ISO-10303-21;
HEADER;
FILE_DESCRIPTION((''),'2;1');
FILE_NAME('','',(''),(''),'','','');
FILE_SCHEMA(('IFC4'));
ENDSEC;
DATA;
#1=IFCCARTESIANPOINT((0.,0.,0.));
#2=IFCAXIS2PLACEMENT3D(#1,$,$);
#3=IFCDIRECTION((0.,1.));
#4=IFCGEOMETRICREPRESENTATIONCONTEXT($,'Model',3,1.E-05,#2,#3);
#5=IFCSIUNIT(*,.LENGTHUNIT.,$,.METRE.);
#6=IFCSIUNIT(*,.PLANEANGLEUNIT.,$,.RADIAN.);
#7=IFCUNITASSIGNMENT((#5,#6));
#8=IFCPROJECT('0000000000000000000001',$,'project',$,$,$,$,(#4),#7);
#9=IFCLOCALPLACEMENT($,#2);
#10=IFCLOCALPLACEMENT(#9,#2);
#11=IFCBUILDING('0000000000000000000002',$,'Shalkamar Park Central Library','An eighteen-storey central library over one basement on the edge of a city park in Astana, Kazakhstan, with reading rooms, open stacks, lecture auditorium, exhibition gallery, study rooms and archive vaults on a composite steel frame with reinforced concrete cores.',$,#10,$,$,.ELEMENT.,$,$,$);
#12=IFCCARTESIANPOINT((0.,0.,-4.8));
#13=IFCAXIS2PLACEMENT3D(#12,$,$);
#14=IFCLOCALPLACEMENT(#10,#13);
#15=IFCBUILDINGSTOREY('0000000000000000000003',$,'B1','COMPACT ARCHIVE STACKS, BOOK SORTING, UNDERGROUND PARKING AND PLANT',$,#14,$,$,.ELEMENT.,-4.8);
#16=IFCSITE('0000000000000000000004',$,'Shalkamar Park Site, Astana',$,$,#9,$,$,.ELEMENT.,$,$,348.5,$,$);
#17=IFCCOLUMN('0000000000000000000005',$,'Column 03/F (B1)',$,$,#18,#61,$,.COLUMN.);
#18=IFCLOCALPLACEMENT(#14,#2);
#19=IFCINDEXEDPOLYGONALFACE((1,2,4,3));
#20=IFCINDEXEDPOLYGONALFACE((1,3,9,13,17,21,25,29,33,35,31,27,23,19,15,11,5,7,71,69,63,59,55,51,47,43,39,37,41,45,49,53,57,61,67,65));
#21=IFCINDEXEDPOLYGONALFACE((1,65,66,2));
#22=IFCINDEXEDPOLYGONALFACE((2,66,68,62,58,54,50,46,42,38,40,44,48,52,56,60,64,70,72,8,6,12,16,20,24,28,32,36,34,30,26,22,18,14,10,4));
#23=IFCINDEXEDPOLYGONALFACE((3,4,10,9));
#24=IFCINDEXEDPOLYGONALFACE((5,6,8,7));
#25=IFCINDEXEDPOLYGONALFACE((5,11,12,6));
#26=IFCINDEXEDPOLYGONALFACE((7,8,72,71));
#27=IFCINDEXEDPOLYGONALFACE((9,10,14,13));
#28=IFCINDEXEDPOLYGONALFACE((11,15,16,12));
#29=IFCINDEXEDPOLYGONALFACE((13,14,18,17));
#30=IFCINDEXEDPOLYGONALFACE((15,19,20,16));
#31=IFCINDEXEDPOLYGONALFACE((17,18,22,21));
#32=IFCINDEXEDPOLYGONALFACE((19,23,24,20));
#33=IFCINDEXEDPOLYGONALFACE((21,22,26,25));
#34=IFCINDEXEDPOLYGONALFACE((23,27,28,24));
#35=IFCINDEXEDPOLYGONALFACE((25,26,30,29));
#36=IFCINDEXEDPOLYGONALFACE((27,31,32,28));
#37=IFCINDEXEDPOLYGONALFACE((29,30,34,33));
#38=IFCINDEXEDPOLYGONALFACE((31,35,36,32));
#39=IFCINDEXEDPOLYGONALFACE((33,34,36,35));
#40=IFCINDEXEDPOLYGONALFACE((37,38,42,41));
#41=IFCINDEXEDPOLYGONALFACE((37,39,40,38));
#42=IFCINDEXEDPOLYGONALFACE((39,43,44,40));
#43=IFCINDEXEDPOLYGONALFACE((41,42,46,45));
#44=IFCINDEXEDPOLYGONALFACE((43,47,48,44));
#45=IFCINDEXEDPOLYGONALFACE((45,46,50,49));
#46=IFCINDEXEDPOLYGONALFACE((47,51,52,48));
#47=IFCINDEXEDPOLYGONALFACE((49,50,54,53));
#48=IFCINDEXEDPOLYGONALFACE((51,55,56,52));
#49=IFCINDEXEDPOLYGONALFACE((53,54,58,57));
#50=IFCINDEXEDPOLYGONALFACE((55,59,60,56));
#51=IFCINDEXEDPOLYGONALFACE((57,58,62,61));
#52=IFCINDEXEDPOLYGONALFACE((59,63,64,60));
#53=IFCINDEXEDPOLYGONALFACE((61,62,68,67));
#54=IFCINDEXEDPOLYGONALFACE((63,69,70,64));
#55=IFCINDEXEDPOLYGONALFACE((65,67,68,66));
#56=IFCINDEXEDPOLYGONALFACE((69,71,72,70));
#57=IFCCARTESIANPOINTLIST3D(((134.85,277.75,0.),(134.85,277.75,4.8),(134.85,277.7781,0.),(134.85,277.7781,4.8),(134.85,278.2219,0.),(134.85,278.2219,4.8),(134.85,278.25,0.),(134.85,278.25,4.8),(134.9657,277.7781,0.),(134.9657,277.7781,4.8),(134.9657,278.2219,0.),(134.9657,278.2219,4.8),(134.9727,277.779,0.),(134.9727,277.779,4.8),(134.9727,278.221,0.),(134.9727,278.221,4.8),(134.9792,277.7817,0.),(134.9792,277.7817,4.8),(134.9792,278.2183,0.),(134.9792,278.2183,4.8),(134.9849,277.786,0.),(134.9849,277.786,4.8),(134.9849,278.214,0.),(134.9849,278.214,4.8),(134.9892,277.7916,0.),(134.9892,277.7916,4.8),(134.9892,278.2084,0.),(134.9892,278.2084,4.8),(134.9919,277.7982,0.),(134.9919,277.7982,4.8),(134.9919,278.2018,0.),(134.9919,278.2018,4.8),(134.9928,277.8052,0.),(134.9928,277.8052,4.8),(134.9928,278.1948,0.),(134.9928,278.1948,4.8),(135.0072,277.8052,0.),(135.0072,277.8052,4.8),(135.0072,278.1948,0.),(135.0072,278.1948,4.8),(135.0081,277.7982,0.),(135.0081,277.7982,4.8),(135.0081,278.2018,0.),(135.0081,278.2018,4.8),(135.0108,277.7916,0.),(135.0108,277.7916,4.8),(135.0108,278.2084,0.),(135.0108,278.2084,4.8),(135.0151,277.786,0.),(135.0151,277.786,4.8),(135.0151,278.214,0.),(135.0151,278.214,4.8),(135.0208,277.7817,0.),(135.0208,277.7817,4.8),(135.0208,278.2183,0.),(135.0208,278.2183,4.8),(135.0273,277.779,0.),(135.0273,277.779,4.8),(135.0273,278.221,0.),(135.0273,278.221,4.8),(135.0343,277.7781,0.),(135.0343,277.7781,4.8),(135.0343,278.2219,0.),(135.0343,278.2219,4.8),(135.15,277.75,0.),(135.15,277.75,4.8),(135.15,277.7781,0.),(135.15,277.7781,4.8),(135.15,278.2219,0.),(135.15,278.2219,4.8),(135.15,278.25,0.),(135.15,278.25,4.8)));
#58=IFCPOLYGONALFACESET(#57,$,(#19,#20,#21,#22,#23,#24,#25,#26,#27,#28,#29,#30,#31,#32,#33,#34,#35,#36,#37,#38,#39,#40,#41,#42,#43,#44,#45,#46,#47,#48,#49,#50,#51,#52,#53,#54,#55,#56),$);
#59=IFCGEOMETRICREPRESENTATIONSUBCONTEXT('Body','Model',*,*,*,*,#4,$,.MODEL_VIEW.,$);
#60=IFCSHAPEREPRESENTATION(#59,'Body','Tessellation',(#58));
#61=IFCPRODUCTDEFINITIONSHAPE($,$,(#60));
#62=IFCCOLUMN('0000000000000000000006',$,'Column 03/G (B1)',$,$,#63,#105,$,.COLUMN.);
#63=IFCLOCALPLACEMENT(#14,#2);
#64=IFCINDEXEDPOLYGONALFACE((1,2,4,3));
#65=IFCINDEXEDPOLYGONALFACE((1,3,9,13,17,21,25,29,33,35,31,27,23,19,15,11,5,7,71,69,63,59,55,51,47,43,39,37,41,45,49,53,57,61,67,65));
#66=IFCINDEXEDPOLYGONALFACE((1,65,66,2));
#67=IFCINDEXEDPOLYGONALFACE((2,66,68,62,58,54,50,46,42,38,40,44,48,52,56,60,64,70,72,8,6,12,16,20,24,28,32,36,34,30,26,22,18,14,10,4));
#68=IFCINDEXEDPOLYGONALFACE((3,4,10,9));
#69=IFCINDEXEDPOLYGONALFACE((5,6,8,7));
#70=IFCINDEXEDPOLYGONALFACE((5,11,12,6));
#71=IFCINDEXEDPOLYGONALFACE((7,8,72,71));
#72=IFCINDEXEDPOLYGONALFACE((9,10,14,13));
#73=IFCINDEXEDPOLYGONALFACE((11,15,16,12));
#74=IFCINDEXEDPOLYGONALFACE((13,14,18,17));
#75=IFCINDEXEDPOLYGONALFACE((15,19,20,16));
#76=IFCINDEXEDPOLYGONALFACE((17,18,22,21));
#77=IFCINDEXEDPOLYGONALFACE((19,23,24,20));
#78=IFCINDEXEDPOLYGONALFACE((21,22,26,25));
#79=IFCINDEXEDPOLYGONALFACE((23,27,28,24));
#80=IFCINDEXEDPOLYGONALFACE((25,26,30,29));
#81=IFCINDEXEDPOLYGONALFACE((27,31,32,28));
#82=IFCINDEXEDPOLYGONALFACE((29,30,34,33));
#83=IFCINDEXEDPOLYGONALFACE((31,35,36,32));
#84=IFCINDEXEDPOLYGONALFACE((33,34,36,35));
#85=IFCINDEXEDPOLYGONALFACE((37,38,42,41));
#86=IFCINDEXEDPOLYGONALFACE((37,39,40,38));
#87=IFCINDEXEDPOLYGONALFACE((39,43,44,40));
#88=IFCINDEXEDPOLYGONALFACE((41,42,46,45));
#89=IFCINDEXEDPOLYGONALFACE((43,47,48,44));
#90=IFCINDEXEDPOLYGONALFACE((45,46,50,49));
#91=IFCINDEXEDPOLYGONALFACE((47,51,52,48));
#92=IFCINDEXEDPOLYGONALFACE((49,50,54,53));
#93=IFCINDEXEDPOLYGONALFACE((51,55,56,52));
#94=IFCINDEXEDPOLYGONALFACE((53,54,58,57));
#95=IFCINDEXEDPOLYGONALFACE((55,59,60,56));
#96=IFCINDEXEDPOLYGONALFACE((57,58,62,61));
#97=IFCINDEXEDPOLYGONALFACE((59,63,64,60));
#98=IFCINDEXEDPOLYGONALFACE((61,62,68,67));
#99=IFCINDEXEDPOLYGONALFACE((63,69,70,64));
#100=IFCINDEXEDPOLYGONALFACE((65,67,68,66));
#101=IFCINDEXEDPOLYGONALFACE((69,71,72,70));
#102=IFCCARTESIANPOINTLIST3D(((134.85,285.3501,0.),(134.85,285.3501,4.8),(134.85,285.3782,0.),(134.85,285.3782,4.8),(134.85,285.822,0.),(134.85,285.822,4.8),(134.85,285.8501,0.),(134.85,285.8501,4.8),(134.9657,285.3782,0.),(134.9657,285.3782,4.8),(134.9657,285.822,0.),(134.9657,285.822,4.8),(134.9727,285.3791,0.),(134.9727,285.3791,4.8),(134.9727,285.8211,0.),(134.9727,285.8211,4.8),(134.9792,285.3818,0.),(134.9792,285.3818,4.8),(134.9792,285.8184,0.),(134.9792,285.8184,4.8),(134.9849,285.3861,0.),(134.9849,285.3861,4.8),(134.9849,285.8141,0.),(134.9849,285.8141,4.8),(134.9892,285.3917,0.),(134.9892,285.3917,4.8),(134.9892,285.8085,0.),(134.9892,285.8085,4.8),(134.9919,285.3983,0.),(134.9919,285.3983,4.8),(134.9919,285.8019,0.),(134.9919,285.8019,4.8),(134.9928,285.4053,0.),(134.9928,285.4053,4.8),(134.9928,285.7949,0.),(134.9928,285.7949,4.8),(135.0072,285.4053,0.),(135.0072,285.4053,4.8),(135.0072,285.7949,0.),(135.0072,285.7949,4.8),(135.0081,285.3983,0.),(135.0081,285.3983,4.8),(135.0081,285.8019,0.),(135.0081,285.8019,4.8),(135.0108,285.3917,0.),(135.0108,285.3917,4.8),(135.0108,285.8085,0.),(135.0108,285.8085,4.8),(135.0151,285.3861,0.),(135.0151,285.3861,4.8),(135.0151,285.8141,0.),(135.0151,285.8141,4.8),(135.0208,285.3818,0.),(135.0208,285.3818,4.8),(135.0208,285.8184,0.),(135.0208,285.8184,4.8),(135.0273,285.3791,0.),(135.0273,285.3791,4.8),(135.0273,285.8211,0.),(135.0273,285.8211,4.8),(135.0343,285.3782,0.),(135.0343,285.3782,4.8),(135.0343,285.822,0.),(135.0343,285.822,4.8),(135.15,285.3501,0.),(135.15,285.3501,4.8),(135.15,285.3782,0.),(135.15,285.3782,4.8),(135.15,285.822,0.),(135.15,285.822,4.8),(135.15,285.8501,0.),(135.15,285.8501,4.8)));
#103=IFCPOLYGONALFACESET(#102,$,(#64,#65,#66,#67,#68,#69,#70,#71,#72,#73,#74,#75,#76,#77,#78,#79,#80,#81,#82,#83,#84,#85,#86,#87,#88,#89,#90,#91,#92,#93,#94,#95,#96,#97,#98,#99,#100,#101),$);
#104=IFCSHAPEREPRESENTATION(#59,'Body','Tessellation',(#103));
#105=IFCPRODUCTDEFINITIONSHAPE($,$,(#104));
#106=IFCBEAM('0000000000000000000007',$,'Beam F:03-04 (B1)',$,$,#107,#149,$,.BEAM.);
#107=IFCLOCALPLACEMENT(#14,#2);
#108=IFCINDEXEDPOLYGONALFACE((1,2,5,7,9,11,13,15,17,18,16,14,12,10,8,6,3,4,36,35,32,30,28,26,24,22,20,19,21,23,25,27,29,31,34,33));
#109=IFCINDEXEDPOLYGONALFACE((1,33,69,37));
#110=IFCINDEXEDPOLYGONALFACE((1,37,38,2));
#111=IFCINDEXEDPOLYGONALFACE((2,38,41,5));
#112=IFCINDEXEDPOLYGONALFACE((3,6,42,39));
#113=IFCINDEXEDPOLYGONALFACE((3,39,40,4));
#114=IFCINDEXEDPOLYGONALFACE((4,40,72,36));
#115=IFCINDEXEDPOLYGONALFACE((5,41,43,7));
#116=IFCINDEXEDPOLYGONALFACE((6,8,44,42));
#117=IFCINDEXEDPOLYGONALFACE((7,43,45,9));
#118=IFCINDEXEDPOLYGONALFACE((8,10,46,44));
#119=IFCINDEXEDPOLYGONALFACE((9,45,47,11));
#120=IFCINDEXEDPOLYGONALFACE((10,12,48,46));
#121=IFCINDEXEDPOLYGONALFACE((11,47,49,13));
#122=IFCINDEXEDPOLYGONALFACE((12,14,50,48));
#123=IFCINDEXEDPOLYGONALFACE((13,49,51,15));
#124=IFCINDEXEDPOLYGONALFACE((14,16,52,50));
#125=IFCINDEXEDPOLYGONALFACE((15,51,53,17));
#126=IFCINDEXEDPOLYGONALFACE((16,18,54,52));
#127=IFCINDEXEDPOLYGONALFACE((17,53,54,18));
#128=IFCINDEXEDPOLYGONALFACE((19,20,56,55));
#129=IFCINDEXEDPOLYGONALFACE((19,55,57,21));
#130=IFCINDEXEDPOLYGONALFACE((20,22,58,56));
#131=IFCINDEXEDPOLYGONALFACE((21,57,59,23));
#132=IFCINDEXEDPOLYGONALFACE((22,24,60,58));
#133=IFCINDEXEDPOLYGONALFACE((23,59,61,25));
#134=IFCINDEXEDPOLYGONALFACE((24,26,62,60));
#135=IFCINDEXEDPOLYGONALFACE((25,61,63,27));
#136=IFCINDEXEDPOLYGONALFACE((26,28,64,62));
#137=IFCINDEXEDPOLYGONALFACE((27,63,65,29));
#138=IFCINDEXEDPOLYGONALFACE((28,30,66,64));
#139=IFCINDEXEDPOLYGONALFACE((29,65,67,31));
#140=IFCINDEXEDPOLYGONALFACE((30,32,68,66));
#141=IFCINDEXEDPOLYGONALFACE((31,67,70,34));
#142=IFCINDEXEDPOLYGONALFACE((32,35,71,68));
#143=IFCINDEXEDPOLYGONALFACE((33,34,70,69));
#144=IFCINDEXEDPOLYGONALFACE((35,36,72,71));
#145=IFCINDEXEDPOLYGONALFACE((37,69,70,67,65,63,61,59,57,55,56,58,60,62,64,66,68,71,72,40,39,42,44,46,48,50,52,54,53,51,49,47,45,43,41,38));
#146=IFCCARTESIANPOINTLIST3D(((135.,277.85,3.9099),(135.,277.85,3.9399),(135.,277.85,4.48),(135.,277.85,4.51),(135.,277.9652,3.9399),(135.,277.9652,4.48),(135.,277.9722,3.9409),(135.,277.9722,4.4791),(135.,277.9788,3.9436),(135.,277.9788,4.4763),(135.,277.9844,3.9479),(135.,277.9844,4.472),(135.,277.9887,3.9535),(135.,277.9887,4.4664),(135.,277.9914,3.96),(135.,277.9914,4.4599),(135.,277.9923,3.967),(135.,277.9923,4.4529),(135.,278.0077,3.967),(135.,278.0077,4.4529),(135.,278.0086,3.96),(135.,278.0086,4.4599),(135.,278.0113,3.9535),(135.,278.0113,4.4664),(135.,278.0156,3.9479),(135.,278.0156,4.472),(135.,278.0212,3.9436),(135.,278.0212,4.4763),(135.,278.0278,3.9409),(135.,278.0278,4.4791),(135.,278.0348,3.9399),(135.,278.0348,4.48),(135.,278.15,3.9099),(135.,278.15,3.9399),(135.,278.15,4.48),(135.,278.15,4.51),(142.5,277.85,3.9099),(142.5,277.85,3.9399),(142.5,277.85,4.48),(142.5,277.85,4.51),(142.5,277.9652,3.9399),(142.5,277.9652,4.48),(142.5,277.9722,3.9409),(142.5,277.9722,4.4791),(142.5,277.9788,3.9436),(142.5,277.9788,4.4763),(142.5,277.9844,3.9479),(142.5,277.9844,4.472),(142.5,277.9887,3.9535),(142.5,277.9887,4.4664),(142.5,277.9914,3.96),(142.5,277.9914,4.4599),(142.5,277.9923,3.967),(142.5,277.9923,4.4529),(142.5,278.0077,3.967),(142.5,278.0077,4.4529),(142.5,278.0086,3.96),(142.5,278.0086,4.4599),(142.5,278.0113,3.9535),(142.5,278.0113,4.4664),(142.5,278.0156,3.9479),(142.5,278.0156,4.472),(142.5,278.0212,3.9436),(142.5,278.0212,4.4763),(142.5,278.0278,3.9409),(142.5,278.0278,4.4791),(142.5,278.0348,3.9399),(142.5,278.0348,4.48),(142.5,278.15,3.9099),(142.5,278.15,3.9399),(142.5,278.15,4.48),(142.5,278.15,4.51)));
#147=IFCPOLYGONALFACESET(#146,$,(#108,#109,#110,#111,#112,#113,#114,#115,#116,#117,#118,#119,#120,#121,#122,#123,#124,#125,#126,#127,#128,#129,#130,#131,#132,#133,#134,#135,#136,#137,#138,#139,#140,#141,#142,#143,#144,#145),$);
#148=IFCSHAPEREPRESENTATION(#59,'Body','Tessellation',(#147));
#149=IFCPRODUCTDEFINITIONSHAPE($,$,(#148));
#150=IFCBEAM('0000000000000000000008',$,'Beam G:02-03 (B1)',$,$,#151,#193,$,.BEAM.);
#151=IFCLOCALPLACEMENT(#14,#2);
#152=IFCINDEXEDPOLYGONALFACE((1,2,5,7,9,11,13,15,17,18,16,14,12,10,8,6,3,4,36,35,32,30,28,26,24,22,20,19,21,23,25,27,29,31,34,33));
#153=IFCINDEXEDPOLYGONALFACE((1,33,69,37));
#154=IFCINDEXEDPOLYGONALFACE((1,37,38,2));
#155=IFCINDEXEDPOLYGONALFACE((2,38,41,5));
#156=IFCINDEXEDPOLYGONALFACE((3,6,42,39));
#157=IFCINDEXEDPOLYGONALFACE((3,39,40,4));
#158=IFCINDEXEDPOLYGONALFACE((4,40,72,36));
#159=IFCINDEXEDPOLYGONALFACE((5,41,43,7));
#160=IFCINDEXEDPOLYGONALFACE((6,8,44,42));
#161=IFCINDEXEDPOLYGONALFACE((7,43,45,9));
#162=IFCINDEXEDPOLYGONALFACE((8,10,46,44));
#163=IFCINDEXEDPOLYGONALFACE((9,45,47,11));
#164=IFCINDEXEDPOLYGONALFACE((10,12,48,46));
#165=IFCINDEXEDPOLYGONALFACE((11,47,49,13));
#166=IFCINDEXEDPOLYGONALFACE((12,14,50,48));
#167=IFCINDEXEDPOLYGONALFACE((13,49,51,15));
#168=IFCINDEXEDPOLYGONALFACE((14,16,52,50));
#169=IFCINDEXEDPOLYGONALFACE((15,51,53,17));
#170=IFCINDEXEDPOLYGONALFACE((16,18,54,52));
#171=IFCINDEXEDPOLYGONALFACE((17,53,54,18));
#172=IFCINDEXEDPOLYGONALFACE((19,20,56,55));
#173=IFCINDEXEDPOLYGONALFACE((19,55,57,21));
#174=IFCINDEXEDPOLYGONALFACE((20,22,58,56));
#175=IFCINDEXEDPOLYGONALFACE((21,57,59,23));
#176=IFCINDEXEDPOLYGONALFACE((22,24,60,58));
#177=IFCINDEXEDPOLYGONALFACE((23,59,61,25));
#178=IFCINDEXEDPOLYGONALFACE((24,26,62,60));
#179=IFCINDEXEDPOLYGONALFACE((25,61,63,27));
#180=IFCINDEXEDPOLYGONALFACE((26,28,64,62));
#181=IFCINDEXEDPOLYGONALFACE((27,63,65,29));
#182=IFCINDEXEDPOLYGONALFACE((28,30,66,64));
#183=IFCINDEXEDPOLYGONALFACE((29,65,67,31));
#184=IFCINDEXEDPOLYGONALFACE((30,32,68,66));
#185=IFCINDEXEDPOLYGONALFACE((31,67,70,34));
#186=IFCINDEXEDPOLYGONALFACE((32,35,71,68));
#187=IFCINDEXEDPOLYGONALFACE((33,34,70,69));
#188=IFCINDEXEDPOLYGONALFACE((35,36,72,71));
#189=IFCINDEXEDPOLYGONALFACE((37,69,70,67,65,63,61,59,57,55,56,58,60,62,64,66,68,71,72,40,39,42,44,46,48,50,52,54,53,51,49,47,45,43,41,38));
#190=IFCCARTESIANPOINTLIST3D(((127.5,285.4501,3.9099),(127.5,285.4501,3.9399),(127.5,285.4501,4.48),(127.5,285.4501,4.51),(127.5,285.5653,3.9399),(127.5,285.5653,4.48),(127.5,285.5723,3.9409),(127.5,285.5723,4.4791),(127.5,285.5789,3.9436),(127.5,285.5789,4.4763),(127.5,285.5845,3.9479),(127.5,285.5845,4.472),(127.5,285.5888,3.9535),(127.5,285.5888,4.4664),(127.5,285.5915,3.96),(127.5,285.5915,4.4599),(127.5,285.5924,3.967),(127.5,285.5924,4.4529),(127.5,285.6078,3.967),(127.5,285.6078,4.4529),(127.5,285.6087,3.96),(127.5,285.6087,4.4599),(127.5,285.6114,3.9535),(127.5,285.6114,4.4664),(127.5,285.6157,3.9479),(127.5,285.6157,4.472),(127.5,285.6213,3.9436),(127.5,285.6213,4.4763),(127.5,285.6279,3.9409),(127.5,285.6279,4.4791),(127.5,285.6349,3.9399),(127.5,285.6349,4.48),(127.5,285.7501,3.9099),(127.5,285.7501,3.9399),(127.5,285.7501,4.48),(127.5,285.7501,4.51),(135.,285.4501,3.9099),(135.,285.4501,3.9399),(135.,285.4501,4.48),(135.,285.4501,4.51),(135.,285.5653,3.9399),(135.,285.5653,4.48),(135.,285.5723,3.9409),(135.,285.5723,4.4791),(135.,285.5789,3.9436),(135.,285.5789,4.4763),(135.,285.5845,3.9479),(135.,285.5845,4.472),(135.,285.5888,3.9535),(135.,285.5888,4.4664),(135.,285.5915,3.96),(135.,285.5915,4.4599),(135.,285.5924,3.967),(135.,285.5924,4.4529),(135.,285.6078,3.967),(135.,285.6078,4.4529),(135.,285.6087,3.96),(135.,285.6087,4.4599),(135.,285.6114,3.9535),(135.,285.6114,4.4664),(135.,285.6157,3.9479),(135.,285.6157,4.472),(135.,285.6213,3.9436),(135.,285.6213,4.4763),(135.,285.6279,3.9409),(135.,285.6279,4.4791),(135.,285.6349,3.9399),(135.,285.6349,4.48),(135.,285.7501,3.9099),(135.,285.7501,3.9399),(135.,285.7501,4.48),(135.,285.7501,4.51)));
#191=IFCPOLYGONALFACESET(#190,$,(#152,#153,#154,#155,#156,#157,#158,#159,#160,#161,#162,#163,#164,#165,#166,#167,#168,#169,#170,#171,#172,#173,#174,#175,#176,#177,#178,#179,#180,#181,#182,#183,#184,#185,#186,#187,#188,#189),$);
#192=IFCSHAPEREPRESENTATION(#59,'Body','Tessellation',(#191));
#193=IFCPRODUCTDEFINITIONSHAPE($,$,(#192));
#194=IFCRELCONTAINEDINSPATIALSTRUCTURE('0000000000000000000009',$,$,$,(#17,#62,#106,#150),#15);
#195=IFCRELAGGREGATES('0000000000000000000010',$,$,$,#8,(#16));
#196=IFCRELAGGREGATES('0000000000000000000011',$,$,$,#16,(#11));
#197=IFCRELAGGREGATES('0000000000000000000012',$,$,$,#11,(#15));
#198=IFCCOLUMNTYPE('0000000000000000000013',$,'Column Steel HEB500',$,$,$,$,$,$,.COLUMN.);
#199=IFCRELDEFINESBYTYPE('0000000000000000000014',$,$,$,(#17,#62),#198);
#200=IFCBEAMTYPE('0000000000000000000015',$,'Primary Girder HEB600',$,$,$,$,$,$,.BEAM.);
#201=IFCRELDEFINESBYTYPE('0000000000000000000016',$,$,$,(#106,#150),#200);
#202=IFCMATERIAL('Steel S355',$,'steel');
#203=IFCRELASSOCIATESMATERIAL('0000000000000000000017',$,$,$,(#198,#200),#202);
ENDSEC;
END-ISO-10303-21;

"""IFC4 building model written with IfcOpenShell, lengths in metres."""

from ifc_helpers import new_model, si_unit, direction, frame, origin, origin_2d, place, context, subcontext, project, spatial, i_section, extrude, material, material_profile, profile_set, type_object, element, save


model = new_model("IFC4")

# Units and contexts
model_context = context("Model", 3, precision=1e-05, world=origin(), true_north=direction((0.0, 1.0)))
body_context = subcontext(model_context, "Body", "Model", "MODEL_VIEW")
ifc_project = project(units=[si_unit("LENGTHUNIT", "METRE"), si_unit("PLANEANGLEUNIT", "RADIAN")], contexts=[model_context])

# Site, building, storey
site_placement = place(None, origin())
site = spatial("IfcSite", under=ifc_project, at=site_placement, Name="Shalkamar Park Site, Astana", CompositionType="ELEMENT", RefElevation=348.5)
building_placement = place(site_placement, origin())
building = spatial("IfcBuilding", under=site, at=building_placement, Name="Shalkamar Park Central Library", Description="An eighteen-storey central library over one basement on the edge of a city park in Astana, Kazakhstan, with reading rooms, open stacks, lecture auditorium, exhibition gallery, study rooms and archive vaults on a composite steel frame with reinforced concrete cores.", CompositionType="ELEMENT")
storey_placement = place(building_placement, frame((0.0, 0.0, -4.8)))
storey = spatial("IfcBuildingStorey", under=building, at=storey_placement, Name="B1", Description="COMPACT ARCHIVE STACKS, BOOK SORTING, UNDERGROUND PARKING AND PLANT", CompositionType="ELEMENT", Elevation=-4.8)

# Columns
ifc_material_1 = material(Name="Steel S355", Category="steel")
ifc_material_profile_1 = material_profile(ifc_material_1, i_section(OverallWidth=0.3, OverallDepth=0.5, WebThickness=0.0144, FlangeThickness=0.0281, FilletRadius=0.0271, at=origin_2d()), Name="HEB 500")
ifc_profile_set_1 = profile_set([ifc_material_profile_1], Name="Steel S355")
column_type = type_object("IfcColumnType", Name="Column Steel HEB500", PredefinedType="COLUMN", material=ifc_profile_set_1)
for number, where, z_axis, x_axis, name in (
    (1, (135.0, 278.0, 0.0), (0.0, 0.0, 1.0), (1.0, 0.0, 0.0), "Column 03/F (B1)"),
    (2, (135.0, 285.6001, 0.0), (0.0, 0.0, 1.0), (1.0, 0.0, 0.0), "Column 03/G (B1)"),
):
    element("IfcColumn", number, at=place(storey_placement, frame(where, z_axis=z_axis, x_axis=x_axis)), inside=storey, type_object=column_type, Name=name, PredefinedType="COLUMN", context=body_context, shape_type="SweptSolid", body=[
        extrude(i_section(OverallWidth=0.3, OverallDepth=0.5, WebThickness=0.0144, FlangeThickness=0.0281, FilletRadius=0.0271, at=origin_2d()), origin(), (0.0, 0.0, 1.0), 4.8),
    ])

# Beams
ifc_material_profile_2 = material_profile(ifc_material_1, i_section(OverallWidth=0.3, OverallDepth=0.6001, WebThickness=0.0154, FlangeThickness=0.03, FilletRadius=0.0271, at=origin_2d()), Name="HEB 600")
ifc_profile_set_2 = profile_set([ifc_material_profile_2], Name="Steel S355")
beam_type = type_object("IfcBeamType", Name="Primary Girder HEB600", PredefinedType="BEAM", material=ifc_profile_set_2)
for number, where, z_axis, x_axis, name in (
    (3, (135.0, 278.0, 4.21), (1.0, 0.0, 0.0), (0.0, 1.0, 0.0), "Beam F:03-04 (B1)"),
    (4, (127.5, 285.6001, 4.21), (1.0, 0.0, 0.0), (0.0, 1.0, 0.0), "Beam G:02-03 (B1)"),
):
    element("IfcBeam", number, at=place(storey_placement, frame(where, z_axis=z_axis, x_axis=x_axis)), inside=storey, type_object=beam_type, Name=name, PredefinedType="BEAM", context=body_context, shape_type="SweptSolid", body=[
        extrude(i_section(OverallWidth=0.3, OverallDepth=0.6001, WebThickness=0.0154, FlangeThickness=0.03, FilletRadius=0.0271, at=origin_2d()), origin(), (0.0, 0.0, 1.0), 7.5),
    ])

save(model, "model.ifc")
